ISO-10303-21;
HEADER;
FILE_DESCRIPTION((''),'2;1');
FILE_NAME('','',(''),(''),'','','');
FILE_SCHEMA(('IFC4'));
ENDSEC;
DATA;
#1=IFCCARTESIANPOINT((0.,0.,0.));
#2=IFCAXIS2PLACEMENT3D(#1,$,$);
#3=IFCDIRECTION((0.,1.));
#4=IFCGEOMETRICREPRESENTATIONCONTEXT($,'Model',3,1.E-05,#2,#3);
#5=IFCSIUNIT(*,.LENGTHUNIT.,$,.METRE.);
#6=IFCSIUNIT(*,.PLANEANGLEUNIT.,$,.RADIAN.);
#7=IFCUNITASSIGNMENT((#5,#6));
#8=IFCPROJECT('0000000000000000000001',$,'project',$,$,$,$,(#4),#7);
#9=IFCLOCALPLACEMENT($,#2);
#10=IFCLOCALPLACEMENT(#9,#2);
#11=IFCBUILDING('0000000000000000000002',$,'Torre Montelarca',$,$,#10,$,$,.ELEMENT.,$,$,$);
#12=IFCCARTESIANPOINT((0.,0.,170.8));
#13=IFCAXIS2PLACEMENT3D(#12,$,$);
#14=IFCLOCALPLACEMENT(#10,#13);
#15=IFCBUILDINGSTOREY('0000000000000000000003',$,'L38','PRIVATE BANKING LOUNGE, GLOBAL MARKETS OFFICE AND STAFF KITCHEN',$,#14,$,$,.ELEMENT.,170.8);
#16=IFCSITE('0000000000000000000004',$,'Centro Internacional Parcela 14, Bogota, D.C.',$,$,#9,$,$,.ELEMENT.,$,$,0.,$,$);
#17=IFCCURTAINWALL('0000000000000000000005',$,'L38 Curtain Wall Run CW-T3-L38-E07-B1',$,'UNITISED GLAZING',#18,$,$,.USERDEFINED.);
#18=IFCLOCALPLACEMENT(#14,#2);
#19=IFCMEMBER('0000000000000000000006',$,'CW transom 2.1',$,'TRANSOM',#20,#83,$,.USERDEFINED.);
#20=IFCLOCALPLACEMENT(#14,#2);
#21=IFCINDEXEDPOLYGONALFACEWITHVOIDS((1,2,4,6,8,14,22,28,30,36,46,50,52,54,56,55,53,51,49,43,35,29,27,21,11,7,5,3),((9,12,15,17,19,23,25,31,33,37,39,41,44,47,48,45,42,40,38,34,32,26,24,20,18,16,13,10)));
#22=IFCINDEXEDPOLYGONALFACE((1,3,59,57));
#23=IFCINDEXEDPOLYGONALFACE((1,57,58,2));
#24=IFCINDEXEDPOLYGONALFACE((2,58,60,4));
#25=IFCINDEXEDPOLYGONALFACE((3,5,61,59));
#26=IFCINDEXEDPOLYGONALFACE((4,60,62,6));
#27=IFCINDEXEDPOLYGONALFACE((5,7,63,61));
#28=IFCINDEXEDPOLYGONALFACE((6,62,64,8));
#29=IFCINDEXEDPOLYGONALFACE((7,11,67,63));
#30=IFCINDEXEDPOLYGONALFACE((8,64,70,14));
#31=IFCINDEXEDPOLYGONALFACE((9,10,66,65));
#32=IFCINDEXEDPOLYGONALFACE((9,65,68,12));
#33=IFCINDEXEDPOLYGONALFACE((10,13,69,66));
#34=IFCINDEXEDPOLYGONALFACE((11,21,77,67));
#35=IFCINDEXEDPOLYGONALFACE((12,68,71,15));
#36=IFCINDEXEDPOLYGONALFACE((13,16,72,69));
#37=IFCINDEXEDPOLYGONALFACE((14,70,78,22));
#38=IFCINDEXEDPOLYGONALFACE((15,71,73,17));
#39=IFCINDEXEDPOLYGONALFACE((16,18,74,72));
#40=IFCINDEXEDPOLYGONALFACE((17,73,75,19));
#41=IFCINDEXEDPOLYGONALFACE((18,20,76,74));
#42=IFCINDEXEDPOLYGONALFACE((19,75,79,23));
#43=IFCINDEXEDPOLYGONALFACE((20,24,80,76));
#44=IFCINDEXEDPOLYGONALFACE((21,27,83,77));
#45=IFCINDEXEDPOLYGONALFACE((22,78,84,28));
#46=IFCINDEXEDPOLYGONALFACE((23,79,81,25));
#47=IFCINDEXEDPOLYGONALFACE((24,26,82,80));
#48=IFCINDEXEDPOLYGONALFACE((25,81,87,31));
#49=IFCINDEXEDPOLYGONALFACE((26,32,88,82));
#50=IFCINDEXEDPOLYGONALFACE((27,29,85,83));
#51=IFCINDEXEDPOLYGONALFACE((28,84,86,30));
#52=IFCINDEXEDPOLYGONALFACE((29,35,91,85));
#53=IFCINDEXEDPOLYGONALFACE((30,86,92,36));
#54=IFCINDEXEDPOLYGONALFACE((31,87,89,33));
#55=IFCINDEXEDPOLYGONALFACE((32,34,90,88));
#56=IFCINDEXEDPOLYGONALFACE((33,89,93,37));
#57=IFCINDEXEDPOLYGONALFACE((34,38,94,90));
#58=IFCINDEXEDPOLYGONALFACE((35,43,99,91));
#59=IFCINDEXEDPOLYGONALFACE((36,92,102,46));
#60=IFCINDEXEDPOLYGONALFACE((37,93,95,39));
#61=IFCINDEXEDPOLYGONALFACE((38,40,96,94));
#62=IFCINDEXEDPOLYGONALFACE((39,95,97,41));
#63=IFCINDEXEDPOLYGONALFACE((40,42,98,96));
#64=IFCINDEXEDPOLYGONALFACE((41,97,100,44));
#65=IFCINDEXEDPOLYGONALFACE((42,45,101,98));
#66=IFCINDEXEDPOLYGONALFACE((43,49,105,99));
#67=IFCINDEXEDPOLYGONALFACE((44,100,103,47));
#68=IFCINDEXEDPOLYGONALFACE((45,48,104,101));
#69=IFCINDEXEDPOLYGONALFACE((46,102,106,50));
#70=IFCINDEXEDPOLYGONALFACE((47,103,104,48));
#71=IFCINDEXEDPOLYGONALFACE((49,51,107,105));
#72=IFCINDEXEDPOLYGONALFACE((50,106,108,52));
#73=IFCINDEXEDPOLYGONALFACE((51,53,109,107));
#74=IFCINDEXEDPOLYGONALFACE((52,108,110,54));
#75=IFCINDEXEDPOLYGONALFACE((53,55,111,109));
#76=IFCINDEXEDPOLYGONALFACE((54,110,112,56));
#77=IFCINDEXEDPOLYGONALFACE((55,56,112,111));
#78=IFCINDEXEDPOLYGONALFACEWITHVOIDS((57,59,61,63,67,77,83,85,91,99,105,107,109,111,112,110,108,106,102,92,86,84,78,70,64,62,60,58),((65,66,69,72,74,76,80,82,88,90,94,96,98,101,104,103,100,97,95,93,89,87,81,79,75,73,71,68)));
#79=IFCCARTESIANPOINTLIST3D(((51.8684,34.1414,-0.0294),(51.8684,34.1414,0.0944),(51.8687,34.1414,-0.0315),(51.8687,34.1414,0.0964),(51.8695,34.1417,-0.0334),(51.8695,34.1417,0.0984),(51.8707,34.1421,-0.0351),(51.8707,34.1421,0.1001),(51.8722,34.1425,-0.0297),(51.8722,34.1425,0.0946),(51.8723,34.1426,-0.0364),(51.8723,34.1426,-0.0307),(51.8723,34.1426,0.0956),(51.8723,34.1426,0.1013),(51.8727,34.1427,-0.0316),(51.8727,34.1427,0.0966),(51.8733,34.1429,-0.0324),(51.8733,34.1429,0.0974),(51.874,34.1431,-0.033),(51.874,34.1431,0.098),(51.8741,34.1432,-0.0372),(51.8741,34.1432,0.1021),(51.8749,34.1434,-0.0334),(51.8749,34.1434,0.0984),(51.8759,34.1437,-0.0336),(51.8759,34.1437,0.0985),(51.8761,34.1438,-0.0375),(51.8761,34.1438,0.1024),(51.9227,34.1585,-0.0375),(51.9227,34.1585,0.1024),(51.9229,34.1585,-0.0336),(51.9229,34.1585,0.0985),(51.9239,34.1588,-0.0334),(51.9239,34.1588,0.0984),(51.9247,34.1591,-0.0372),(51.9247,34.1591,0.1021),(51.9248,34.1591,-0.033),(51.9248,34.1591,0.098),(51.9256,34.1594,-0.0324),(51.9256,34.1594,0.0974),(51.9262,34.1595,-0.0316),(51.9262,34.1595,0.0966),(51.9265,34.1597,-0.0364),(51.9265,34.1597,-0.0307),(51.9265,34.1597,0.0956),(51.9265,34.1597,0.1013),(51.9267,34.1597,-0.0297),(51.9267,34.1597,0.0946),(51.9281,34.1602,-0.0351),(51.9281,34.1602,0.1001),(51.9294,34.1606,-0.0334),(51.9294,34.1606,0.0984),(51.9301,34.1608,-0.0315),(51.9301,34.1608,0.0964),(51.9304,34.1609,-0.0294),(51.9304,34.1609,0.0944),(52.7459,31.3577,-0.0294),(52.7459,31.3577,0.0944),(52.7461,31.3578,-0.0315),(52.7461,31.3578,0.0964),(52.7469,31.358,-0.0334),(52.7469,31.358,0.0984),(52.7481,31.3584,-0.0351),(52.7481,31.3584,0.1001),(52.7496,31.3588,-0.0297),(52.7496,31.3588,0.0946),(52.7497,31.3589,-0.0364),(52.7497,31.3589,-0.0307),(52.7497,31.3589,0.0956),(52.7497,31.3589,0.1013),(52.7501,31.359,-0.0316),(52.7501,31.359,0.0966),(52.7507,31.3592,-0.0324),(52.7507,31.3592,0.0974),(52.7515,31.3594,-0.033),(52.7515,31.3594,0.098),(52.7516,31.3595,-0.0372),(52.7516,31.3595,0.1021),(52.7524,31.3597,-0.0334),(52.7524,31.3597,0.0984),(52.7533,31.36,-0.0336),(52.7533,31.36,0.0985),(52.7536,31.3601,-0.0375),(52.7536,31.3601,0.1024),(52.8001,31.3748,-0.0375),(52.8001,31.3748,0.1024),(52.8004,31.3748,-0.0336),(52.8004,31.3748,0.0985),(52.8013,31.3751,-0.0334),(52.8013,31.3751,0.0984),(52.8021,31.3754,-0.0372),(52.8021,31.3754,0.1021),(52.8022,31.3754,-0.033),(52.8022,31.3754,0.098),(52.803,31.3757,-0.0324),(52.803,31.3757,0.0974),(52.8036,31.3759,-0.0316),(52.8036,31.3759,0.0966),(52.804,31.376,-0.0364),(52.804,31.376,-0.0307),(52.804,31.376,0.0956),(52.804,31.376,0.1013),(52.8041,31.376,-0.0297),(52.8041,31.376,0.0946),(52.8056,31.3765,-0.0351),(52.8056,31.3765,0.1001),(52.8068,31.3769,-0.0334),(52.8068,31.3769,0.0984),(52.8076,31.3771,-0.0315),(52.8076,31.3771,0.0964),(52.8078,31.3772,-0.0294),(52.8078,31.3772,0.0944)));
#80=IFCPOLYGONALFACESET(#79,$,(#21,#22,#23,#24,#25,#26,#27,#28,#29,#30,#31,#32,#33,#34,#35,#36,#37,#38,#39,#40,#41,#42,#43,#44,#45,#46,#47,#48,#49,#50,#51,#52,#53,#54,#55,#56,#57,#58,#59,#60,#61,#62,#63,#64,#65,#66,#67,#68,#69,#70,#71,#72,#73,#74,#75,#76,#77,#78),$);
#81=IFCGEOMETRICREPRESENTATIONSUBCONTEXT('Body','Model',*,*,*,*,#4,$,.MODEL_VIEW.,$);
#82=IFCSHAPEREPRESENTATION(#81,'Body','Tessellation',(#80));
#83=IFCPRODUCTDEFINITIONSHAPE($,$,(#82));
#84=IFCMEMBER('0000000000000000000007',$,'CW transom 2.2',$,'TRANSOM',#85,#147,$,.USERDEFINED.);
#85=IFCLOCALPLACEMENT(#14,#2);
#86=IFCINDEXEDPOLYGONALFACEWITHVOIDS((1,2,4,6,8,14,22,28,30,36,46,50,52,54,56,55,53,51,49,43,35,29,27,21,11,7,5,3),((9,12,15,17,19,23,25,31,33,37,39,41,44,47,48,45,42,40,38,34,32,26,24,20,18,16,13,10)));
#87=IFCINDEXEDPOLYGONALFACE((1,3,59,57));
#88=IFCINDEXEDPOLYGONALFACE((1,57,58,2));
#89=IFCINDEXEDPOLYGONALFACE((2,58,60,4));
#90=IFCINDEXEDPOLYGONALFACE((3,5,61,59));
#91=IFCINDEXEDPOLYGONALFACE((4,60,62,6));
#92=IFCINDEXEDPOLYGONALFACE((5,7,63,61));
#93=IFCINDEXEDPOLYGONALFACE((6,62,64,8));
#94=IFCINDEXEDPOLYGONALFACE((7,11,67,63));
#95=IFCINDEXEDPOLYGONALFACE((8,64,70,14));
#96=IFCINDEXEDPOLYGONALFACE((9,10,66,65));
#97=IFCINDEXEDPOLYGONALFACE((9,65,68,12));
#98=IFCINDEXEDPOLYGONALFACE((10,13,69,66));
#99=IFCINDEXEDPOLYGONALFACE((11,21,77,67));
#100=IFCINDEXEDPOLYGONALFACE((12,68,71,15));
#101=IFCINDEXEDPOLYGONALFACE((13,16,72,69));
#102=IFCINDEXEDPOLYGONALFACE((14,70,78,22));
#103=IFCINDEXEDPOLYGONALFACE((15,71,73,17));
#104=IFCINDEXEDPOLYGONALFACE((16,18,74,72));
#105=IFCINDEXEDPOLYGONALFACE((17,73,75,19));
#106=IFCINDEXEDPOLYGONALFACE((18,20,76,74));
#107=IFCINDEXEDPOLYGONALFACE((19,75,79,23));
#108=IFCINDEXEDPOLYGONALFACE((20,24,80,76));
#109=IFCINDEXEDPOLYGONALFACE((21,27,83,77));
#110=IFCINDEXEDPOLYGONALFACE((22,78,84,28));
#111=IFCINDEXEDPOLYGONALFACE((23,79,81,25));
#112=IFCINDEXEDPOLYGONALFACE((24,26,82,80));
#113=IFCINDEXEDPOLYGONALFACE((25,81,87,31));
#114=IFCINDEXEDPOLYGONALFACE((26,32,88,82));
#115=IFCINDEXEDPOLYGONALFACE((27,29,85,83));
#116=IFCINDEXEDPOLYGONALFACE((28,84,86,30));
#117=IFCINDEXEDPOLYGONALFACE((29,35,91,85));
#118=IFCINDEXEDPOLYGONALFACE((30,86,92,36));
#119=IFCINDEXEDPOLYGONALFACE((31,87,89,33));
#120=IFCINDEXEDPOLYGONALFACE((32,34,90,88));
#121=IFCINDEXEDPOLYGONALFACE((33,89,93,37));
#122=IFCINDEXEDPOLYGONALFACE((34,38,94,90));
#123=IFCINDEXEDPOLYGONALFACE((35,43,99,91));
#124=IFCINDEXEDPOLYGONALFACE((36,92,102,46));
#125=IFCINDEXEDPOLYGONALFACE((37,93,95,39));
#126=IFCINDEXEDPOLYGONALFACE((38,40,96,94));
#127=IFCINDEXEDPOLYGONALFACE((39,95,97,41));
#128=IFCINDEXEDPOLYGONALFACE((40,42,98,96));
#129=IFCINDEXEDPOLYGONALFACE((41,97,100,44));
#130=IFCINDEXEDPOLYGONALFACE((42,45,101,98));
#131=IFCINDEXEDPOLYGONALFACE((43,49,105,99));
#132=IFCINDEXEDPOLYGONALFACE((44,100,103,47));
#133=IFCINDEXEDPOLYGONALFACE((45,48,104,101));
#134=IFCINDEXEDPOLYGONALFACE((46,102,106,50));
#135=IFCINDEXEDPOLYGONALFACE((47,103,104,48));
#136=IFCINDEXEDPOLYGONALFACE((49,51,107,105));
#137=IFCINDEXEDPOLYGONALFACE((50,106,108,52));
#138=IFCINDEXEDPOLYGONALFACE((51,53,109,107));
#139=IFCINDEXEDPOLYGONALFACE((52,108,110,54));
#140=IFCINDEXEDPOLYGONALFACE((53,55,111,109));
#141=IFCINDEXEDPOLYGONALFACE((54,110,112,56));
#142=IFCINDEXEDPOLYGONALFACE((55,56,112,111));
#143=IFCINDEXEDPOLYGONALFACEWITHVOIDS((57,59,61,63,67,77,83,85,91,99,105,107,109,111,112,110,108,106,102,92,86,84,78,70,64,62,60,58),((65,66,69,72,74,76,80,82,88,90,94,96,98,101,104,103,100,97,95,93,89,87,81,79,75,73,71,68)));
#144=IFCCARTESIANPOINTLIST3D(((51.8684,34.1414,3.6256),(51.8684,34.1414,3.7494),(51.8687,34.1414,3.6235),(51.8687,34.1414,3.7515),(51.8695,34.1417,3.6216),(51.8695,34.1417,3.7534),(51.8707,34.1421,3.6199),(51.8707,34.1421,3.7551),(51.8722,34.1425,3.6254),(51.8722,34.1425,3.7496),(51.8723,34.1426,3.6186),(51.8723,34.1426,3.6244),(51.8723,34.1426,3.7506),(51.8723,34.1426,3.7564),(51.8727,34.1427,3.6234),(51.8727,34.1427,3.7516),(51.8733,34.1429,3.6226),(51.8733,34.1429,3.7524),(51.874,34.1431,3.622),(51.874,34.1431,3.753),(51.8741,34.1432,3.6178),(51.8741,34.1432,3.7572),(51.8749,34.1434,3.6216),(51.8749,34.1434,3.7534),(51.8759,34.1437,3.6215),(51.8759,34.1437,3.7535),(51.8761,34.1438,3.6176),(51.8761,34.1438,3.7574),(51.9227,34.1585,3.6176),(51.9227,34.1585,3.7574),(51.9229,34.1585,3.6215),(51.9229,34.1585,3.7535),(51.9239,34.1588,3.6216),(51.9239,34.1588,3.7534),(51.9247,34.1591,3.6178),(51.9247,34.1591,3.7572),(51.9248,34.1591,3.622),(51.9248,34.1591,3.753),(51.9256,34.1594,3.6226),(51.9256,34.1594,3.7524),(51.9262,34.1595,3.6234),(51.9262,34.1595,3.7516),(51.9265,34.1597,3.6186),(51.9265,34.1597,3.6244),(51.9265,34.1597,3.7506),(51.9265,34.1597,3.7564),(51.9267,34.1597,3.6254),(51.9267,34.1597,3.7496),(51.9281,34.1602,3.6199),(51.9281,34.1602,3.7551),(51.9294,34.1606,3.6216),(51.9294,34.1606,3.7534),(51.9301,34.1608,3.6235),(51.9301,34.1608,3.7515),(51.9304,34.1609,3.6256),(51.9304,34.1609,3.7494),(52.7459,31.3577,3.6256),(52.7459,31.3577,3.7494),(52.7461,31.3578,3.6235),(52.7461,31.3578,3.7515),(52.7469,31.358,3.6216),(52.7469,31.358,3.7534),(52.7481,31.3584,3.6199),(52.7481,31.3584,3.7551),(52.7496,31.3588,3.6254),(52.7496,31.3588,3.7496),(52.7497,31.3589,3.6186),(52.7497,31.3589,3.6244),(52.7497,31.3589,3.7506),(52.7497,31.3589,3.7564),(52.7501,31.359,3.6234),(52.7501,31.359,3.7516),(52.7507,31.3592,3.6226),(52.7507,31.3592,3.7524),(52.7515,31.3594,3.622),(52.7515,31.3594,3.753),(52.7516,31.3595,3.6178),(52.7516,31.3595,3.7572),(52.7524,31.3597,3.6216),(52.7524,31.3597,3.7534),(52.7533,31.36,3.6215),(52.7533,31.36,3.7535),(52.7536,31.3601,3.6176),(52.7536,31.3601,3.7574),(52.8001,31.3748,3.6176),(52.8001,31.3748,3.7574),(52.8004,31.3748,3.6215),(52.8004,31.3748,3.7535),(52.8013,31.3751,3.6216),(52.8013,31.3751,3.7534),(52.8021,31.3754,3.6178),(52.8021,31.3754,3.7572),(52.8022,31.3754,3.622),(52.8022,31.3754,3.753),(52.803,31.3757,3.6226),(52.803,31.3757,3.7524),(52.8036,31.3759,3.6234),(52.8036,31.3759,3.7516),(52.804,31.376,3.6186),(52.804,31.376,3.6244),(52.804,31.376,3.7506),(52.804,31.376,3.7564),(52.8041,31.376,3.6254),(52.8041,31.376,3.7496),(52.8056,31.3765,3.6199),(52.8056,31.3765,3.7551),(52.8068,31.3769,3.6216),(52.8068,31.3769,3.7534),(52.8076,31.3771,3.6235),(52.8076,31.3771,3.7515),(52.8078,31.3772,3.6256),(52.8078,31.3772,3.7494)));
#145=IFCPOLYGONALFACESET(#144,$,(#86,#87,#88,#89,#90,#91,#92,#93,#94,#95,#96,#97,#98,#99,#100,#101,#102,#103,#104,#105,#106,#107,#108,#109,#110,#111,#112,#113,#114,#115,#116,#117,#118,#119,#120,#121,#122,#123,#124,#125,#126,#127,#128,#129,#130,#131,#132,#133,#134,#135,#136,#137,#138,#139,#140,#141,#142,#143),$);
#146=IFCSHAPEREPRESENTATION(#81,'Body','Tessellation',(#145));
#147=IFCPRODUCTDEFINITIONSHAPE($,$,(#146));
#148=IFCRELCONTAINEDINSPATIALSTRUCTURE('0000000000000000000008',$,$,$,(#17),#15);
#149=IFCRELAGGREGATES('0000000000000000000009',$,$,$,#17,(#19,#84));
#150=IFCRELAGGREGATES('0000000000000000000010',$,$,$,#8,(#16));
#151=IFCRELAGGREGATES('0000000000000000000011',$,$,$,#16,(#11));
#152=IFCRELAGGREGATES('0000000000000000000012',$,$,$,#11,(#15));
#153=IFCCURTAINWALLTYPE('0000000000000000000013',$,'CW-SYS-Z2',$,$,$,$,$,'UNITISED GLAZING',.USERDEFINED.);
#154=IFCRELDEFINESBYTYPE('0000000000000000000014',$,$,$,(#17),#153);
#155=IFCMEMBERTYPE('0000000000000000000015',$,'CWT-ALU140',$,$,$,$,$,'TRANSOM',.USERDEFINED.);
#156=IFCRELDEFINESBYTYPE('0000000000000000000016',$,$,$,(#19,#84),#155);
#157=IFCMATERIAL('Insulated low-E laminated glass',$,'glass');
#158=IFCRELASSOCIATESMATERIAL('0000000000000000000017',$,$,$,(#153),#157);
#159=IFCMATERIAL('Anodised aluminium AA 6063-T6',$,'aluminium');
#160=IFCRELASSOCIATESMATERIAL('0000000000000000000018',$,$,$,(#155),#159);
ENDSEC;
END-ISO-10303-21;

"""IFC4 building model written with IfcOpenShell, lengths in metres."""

from ifc_helpers import new_model, si_unit, direction, frame, origin, origin_2d, place, context, subcontext, project, spatial, hollow_rectangle, extrude, source, transform, mapped, material, material_profile, profile_set, type_object, element, aggregate, save


model = new_model("IFC4")

# Units and contexts
model_context = context("Model", 3, precision=1e-05, world=origin(), true_north=direction((0.0, 1.0)))
body_context = subcontext(model_context, "Body", "Model", "MODEL_VIEW")
ifc_project = project(units=[si_unit("LENGTHUNIT", "METRE"), si_unit("PLANEANGLEUNIT", "RADIAN")], contexts=[model_context])

# Site, building, storey
site_placement = place(None, origin())
site = spatial("IfcSite", under=ifc_project, at=site_placement, Name="Centro Internacional Parcela 14, Bogota, D.C.", CompositionType="ELEMENT", RefElevation=0.0)
building_placement = place(site_placement, origin())
building = spatial("IfcBuilding", under=site, at=building_placement, Name="Torre Montelarca", CompositionType="ELEMENT")
storey_placement = place(building_placement, frame((0.0, 0.0, 170.8)))
storey = spatial("IfcBuildingStorey", under=building, at=storey_placement, Name="L38", Description="PRIVATE BANKING LOUNGE, GLOBAL MARKETS OFFICE AND STAFF KITCHEN", CompositionType="ELEMENT", Elevation=170.8)

# Curtain wall, members
ifc_material_1 = material(Name="Insulated low-E laminated glass", Category="glass")
curtain_wall_type = type_object("IfcCurtainWallType", Name="CW-SYS-Z2", ElementType="UNITISED GLAZING", PredefinedType="USERDEFINED", material=ifc_material_1)
curtain_wall_1_placement = place(storey_placement, origin())
curtain_wall_1 = element("IfcCurtainWall", 1, at=curtain_wall_1_placement, inside=storey, type_object=curtain_wall_type, Name="L38 Curtain Wall Run CW-T3-L38-E07-B1", ObjectType="UNITISED GLAZING", PredefinedType="USERDEFINED")
ifc_material_2 = material(Name="Anodised aluminium AA 6063-T6", Category="aluminium")
ifc_material_profile_1 = material_profile(ifc_material_2, hollow_rectangle(XDim=0.0649, YDim=0.1399, WallThickness=0.0039, InnerFilletRadius=0.0039, OuterFilletRadius=0.0081, at=origin_2d()), Name="ALU65X140X4", Category="aluminium")
ifc_profile_set_1 = profile_set([ifc_material_profile_1], Name="Anodised aluminium AA 6063-T6")
member_type_1 = type_object("IfcMemberType", Name="CWT-ALU140", ElementType="TRANSOM", PredefinedType="USERDEFINED", material=ifc_profile_set_1)
shared_shape_1 = source(origin(), body_context, "Body", "SweptSolid", [
    extrude(hollow_rectangle(XDim=0.0649, YDim=0.1399, WallThickness=0.0039, InnerFilletRadius=0.0039, OuterFilletRadius=0.0081, at=origin_2d()), origin(), (0.0, 0.0, 1.0), 2.9187),
])
member_1_placement = place(storey_placement, frame((52.7769, 31.3674, 0.0325), z_axis=(-0.300627, 0.953742, 0.0), x_axis=(-0.953742, -0.300627, 0.0)))
member_1 = element("IfcMember", 2, at=member_1_placement, type_object=member_type_1, Name="CW transom 2.1", ObjectType="TRANSOM", PredefinedType="USERDEFINED", context=body_context, shape_type="MappedRepresentation", body=[
    mapped(shared_shape_1, transform((0.0, 0.0, 0.0), scale=1.0)),
])
member_2_placement = place(storey_placement, frame((52.7769, 31.3674, 3.6875), z_axis=(-0.300627, 0.953742, 0.0), x_axis=(-0.953742, -0.300627, 0.0)))
member_2 = element("IfcMember", 3, at=member_2_placement, type_object=member_type_1, Name="CW transom 2.2", ObjectType="TRANSOM", PredefinedType="USERDEFINED", context=body_context, shape_type="MappedRepresentation", body=[
    mapped(shared_shape_1, transform((0.0, 0.0, 0.0), scale=1.0)),
])

aggregate(curtain_wall_1, [member_1, member_2])

save(model, "model.ifc")
